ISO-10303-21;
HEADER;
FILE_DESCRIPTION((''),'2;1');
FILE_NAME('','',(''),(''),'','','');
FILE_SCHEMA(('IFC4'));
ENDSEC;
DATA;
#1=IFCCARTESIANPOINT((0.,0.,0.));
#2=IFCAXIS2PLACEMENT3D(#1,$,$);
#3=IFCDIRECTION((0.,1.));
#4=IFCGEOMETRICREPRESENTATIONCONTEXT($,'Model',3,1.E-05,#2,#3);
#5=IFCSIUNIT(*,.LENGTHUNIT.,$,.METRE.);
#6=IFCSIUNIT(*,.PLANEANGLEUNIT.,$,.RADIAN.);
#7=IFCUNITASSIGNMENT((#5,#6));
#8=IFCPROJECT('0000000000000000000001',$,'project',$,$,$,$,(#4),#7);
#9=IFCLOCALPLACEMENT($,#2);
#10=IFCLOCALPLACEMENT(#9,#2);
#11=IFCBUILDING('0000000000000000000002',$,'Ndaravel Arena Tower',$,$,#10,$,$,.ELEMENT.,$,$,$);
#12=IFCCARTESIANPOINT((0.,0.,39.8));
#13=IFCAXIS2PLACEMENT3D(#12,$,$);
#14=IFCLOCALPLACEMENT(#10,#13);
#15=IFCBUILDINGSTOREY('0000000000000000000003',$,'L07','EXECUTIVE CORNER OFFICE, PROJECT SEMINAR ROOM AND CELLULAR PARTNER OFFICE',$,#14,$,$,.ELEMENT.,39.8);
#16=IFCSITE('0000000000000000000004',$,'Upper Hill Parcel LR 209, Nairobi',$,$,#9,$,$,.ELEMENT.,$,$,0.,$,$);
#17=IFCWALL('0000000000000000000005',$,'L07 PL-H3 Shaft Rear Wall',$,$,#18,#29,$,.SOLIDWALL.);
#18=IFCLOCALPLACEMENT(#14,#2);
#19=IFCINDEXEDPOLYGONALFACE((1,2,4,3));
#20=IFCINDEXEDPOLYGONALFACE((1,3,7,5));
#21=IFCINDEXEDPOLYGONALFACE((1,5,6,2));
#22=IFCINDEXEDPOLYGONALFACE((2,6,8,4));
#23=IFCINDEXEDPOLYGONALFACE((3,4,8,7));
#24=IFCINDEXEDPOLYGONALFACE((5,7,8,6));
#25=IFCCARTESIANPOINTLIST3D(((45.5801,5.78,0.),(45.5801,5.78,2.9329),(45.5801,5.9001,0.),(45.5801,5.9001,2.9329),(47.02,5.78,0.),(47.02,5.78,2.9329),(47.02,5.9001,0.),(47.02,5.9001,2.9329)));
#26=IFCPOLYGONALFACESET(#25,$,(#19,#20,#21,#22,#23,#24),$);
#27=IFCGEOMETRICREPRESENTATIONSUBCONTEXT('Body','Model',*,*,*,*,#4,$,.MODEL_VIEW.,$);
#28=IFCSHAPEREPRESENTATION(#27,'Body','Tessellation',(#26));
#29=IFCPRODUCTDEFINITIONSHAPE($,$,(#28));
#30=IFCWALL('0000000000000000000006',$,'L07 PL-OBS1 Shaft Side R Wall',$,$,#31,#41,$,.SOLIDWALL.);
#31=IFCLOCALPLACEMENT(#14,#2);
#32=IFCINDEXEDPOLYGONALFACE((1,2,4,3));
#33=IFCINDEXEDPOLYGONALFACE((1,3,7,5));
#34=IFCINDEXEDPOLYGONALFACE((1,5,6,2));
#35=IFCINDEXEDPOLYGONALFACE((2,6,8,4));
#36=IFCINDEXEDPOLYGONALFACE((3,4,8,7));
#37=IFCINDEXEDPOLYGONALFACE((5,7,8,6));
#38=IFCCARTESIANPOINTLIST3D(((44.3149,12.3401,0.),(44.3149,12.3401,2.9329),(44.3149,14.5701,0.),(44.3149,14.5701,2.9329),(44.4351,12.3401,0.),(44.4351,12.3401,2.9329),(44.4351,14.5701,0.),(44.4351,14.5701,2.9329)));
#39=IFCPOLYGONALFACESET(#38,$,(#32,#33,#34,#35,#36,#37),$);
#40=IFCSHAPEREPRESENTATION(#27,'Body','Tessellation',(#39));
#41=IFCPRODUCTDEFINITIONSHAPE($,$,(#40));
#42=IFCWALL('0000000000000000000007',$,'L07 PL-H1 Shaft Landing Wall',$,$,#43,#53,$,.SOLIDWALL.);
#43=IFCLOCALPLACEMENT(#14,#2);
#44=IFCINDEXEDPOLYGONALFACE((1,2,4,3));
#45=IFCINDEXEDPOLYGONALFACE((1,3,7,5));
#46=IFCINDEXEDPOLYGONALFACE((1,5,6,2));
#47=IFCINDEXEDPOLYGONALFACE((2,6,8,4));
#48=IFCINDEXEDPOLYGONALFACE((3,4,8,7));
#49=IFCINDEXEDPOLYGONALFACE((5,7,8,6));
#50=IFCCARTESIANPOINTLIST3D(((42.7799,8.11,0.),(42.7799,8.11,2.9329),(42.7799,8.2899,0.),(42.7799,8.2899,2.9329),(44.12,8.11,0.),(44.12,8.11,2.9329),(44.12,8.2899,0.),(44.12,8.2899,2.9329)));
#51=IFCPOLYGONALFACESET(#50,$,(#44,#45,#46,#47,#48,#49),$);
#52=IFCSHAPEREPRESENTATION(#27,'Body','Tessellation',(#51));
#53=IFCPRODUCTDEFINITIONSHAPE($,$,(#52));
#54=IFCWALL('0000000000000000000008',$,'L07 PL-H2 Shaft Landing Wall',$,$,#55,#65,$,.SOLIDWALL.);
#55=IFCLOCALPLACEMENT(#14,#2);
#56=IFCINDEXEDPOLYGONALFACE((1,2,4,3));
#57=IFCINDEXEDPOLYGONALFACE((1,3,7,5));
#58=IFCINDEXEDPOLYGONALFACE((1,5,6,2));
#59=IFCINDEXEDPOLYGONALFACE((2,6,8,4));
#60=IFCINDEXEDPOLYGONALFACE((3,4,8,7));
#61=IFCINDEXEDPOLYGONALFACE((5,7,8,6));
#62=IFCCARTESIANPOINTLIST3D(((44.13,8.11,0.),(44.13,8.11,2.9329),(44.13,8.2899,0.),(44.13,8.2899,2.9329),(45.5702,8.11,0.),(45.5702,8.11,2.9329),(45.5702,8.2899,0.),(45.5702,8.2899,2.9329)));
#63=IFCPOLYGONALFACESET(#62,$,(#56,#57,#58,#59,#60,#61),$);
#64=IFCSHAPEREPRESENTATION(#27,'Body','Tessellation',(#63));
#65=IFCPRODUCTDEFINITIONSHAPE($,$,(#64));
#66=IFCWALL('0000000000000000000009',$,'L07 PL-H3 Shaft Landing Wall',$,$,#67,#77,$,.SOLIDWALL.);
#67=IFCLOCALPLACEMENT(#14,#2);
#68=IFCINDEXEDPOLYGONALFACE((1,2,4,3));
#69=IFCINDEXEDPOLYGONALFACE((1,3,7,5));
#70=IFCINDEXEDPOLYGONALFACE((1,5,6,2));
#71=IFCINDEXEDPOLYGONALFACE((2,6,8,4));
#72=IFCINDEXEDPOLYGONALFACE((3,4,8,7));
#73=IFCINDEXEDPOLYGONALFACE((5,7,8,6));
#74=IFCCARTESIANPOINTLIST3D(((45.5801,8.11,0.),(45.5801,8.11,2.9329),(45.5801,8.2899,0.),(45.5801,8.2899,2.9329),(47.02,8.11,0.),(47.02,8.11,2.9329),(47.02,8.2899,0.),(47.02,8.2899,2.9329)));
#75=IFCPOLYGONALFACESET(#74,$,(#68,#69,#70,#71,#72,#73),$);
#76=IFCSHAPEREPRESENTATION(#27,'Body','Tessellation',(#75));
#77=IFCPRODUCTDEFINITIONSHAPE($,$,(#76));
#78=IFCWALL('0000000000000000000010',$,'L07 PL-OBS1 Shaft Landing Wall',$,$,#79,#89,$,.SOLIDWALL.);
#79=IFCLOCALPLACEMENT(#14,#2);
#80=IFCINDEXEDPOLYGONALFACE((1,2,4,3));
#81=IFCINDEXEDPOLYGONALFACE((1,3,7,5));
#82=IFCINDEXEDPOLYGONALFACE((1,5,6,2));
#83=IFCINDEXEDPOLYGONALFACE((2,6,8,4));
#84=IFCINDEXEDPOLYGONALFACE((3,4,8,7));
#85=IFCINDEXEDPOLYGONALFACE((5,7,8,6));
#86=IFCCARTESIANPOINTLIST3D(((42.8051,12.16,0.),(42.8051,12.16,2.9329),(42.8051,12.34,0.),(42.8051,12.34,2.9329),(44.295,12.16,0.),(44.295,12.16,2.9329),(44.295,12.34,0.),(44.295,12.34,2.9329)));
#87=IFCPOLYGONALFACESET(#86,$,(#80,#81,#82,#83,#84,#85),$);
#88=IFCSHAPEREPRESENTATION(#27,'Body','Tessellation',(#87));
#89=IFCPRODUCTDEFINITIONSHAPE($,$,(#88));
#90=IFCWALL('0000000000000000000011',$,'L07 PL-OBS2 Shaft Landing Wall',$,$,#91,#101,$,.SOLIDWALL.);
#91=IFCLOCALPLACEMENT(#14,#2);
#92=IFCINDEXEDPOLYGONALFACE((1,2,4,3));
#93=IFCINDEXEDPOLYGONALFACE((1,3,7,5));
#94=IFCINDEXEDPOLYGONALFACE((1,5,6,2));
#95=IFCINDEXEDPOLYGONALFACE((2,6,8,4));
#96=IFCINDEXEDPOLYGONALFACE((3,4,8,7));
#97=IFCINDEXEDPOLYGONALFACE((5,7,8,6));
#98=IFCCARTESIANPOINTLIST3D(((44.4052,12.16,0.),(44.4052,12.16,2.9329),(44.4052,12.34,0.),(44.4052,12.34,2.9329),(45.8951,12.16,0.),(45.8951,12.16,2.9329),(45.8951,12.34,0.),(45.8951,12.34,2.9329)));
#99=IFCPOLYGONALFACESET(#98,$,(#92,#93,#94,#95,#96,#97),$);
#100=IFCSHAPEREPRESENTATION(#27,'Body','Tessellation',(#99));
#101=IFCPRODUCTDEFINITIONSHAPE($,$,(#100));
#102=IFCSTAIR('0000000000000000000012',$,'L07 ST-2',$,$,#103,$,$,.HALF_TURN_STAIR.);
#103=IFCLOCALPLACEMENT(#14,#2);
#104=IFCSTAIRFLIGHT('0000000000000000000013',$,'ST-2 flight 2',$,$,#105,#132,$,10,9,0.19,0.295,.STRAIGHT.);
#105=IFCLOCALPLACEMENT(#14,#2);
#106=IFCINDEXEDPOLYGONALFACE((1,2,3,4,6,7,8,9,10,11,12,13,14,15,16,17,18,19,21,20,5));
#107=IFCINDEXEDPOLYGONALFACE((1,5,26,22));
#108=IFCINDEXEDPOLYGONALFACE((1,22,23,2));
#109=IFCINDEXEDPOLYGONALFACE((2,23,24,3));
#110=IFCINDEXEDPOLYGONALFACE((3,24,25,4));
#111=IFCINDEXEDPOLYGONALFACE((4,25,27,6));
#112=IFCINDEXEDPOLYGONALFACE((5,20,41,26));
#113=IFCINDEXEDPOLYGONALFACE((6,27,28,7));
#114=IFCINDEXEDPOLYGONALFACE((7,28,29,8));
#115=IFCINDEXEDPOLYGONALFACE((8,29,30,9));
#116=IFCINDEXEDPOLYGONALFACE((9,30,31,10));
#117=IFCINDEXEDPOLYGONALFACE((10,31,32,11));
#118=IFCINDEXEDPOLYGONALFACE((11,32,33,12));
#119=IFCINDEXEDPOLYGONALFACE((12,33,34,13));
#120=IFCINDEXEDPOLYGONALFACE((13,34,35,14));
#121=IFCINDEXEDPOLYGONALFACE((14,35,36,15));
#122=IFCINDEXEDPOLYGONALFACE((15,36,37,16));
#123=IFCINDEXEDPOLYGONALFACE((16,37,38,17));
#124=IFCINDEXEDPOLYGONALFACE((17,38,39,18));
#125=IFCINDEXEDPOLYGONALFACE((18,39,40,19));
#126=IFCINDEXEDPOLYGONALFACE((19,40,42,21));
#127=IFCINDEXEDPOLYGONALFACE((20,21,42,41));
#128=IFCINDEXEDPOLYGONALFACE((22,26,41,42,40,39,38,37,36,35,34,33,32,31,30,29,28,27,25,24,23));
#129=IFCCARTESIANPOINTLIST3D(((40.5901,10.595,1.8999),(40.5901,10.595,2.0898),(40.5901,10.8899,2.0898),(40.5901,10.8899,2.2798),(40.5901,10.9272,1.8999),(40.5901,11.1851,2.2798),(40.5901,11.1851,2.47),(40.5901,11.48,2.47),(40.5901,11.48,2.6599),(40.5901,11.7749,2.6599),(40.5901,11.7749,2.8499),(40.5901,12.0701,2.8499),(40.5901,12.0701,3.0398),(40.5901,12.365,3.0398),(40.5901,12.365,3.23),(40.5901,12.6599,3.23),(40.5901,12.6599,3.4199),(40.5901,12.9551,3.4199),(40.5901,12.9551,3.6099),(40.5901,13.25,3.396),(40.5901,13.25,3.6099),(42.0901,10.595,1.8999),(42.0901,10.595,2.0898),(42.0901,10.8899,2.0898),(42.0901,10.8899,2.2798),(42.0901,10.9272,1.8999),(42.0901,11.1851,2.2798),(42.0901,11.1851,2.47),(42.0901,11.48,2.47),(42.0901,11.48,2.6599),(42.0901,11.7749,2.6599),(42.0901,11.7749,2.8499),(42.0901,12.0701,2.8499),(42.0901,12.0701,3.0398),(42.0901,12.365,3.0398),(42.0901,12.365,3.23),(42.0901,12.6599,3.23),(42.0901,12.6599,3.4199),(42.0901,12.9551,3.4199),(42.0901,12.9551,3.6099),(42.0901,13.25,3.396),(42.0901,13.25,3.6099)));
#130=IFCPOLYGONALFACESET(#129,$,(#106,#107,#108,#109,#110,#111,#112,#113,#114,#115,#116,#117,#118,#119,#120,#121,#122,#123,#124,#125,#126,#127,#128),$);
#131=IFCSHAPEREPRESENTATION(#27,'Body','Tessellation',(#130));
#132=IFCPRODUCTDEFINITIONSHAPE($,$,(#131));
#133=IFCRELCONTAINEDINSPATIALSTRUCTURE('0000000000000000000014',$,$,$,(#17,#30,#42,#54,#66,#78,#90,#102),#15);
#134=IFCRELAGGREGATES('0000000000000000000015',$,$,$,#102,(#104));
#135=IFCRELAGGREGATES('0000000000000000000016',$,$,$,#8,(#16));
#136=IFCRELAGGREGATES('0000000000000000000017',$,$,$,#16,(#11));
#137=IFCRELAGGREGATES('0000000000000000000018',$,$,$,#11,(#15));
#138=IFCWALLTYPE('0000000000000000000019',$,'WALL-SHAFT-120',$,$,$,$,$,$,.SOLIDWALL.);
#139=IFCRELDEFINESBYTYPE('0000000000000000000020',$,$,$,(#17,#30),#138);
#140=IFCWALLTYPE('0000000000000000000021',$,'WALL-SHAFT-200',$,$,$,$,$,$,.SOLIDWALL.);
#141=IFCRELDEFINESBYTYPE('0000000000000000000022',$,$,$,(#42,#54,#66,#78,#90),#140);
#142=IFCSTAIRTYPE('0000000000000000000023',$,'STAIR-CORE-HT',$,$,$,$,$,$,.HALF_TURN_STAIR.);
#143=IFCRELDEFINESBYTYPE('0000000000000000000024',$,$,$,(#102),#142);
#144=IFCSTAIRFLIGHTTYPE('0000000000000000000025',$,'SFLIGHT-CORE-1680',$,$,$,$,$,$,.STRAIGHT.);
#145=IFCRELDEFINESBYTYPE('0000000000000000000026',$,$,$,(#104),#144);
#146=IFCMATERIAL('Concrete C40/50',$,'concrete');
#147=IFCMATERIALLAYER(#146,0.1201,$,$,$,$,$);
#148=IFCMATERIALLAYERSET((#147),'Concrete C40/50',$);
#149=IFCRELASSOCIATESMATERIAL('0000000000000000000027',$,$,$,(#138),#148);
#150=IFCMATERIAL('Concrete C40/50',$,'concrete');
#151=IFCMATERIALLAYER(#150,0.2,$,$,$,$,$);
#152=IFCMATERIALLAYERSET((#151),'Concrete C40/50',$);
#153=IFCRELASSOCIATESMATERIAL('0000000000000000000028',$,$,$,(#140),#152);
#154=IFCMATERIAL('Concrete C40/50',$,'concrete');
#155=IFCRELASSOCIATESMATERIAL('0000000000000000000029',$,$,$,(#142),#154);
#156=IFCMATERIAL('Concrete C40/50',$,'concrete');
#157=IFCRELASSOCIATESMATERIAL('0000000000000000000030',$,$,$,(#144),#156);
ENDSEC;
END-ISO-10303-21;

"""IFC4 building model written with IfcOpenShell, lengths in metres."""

from ifc_helpers import new_model, si_unit, direction, frame, frame_2d, origin, place, context, subcontext, project, spatial, polyline, rectangle, outline, extrude, material, layer, layer_set, type_object, element, aggregate, save


model = new_model("IFC4")

# Units and contexts
model_context = context("Model", 3, precision=1e-05, world=origin(), true_north=direction((0.0, 1.0)))
body_context = subcontext(model_context, "Body", "Model", "MODEL_VIEW")
ifc_project = project(units=[si_unit("LENGTHUNIT", "METRE"), si_unit("PLANEANGLEUNIT", "RADIAN")], contexts=[model_context])

# Site, building, storey
site_placement = place(None, origin())
site = spatial("IfcSite", under=ifc_project, at=site_placement, Name="Upper Hill Parcel LR 209, Nairobi", CompositionType="ELEMENT", RefElevation=0.0)
building_placement = place(site_placement, origin())
building = spatial("IfcBuilding", under=site, at=building_placement, Name="Ndaravel Arena Tower", CompositionType="ELEMENT")
storey_placement = place(building_placement, frame((0.0, 0.0, 39.8)))
storey = spatial("IfcBuildingStorey", under=building, at=storey_placement, Name="L07", Description="EXECUTIVE CORNER OFFICE, PROJECT SEMINAR ROOM AND CELLULAR PARTNER OFFICE", CompositionType="ELEMENT", Elevation=39.8)

# Walls
ifc_material_1 = material(Name="Concrete C40/50", Category="concrete")
ifc_layer_1 = layer(ifc_material_1, 0.1201)
ifc_layer_set_1 = layer_set([ifc_layer_1], Name="Concrete C40/50")
wall_type_1 = type_object("IfcWallType", Name="WALL-SHAFT-120", PredefinedType="SOLIDWALL", material=ifc_layer_set_1)
wall_1_placement = place(storey_placement, frame((45.5801, 5.8401, 0.0), z_axis=(0.0, 0.0, 1.0), x_axis=(1.0, 0.0, 0.0)))
element("IfcWall", 1, at=wall_1_placement, inside=storey, type_object=wall_type_1, Name="L07 PL-H3 Shaft Rear Wall", PredefinedType="SOLIDWALL", context=body_context, shape_type="SweptSolid", body=[
    extrude(rectangle(XDim=1.4399, YDim=0.1201, at=frame_2d((0.72, 0.0))), origin(), (0.0, 0.0, 1.0), 2.9329),
])
wall_2_placement = place(storey_placement, frame((44.375, 12.3401, 0.0), z_axis=(0.0, 0.0, 1.0), x_axis=(0.0, 1.0, 0.0)))
element("IfcWall", 2, at=wall_2_placement, inside=storey, type_object=wall_type_1, Name="L07 PL-OBS1 Shaft Side R Wall", PredefinedType="SOLIDWALL", context=body_context, shape_type="SweptSolid", body=[
    extrude(rectangle(XDim=2.23, YDim=0.1201, at=frame_2d((1.115, 0.0))), origin(), (0.0, 0.0, 1.0), 2.9329),
])
ifc_material_2 = material(Name="Concrete C40/50", Category="concrete")
ifc_layer_2 = layer(ifc_material_2, 0.2)
ifc_layer_set_2 = layer_set([ifc_layer_2], Name="Concrete C40/50")
wall_type_2 = type_object("IfcWallType", Name="WALL-SHAFT-200", PredefinedType="SOLIDWALL", material=ifc_layer_set_2)
wall_3_placement = place(storey_placement, frame((42.78, 8.2, 0.0), z_axis=(0.0, 0.0, 1.0), x_axis=(1.0, 0.0, 0.0)))
element("IfcWall", 3, at=wall_3_placement, inside=storey, type_object=wall_type_2, Name="L07 PL-H1 Shaft Landing Wall", PredefinedType="SOLIDWALL", context=body_context, shape_type="SweptSolid", body=[
    extrude(rectangle(XDim=1.3401, YDim=0.1799, at=frame_2d((0.6699, 0.0))), origin(), (0.0, 0.0, 1.0), 2.9329),
])
wall_4_placement = place(storey_placement, frame((44.1299, 8.2, 0.0), z_axis=(0.0, 0.0, 1.0), x_axis=(1.0, 0.0, 0.0)))
element("IfcWall", 4, at=wall_4_placement, inside=storey, type_object=wall_type_2, Name="L07 PL-H2 Shaft Landing Wall", PredefinedType="SOLIDWALL", context=body_context, shape_type="SweptSolid", body=[
    extrude(rectangle(XDim=1.4402, YDim=0.1799, at=frame_2d((0.7202, 0.0))), origin(), (0.0, 0.0, 1.0), 2.9329),
])
wall_5_placement = place(storey_placement, frame((45.5801, 8.2, 0.0), z_axis=(0.0, 0.0, 1.0), x_axis=(1.0, 0.0, 0.0)))
element("IfcWall", 5, at=wall_5_placement, inside=storey, type_object=wall_type_2, Name="L07 PL-H3 Shaft Landing Wall", PredefinedType="SOLIDWALL", context=body_context, shape_type="SweptSolid", body=[
    extrude(rectangle(XDim=1.4399, YDim=0.1799, at=frame_2d((0.72, 0.0))), origin(), (0.0, 0.0, 1.0), 2.9329),
])
for number, where, z_axis, x_axis, name in (
    (6, (42.8049, 12.25, 0.0), (0.0, 0.0, 1.0), (1.0, 0.0, 0.0), "L07 PL-OBS1 Shaft Landing Wall"),
    (7, (44.405, 12.25, 0.0), (0.0, 0.0, 1.0), (1.0, 0.0, 0.0), "L07 PL-OBS2 Shaft Landing Wall"),
):
    element("IfcWall", number, at=place(storey_placement, frame(where, z_axis=z_axis, x_axis=x_axis)), inside=storey, type_object=wall_type_2, Name=name, PredefinedType="SOLIDWALL", context=body_context, shape_type="SweptSolid", body=[
        extrude(rectangle(XDim=1.49, YDim=0.1799, at=frame_2d((0.7451, 0.0))), origin(), (0.0, 0.0, 1.0), 2.9329),
    ])

# Stair, stair flight
ifc_material_3 = material(Name="Concrete C40/50", Category="concrete")
stair_type = type_object("IfcStairType", Name="STAIR-CORE-HT", PredefinedType="HALF_TURN_STAIR", material=ifc_material_3)
stair_placement = place(storey_placement, origin())
stair = element("IfcStair", 8, at=stair_placement, inside=storey, type_object=stair_type, Name="L07 ST-2", PredefinedType="HALF_TURN_STAIR")
ifc_material_4 = material(Name="Concrete C40/50", Category="concrete")
stair_flight_type = type_object("IfcStairFlightType", Name="SFLIGHT-CORE-1680", PredefinedType="STRAIGHT", material=ifc_material_4)
stair_flight_placement = place(storey_placement, frame((41.3401, 10.595, 1.8999), z_axis=(0.0, 0.0, 1.0), x_axis=(0.0, 1.0, 0.0)))
stair_flight = element("IfcStairFlight", 9, at=stair_flight_placement, type_object=stair_flight_type, Name="ST-2 flight 2", NumberOfRisers=10, NumberOfTreads=9, PredefinedType="STRAIGHT", RiserHeight=0.19, TreadLength=0.295, context=body_context, shape_type="SweptSolid", body=[
    extrude(outline(polyline([(0.0, 0.0), (0.0, 0.1899), (0.2949, 0.1899), (0.2949, 0.3799), (0.5901, 0.3799), (0.5901, 0.5701), (0.885, 0.5701), (0.885, 0.76), (1.1799, 0.76), (1.1799, 0.95), (1.4751, 0.95), (1.4751, 1.1399), (1.77, 1.1399), (1.77, 1.3301), (2.0649, 1.3301), (2.0649, 1.52), (2.3601, 1.52), (2.3601, 1.71), (2.655, 1.71), (2.655, 1.8999), (2.655, 1.4961), (0.3323, 0.0), (0.0, 0.0)])), frame((0.0, 0.75, 0.0), z_axis=(0.0, -1.0, 0.0), x_axis=(1.0, 0.0, 0.0)), (0.0, 0.0, 1.0), 1.5),
])
aggregate(stair, [stair_flight])

save(model, "model.ifc")
